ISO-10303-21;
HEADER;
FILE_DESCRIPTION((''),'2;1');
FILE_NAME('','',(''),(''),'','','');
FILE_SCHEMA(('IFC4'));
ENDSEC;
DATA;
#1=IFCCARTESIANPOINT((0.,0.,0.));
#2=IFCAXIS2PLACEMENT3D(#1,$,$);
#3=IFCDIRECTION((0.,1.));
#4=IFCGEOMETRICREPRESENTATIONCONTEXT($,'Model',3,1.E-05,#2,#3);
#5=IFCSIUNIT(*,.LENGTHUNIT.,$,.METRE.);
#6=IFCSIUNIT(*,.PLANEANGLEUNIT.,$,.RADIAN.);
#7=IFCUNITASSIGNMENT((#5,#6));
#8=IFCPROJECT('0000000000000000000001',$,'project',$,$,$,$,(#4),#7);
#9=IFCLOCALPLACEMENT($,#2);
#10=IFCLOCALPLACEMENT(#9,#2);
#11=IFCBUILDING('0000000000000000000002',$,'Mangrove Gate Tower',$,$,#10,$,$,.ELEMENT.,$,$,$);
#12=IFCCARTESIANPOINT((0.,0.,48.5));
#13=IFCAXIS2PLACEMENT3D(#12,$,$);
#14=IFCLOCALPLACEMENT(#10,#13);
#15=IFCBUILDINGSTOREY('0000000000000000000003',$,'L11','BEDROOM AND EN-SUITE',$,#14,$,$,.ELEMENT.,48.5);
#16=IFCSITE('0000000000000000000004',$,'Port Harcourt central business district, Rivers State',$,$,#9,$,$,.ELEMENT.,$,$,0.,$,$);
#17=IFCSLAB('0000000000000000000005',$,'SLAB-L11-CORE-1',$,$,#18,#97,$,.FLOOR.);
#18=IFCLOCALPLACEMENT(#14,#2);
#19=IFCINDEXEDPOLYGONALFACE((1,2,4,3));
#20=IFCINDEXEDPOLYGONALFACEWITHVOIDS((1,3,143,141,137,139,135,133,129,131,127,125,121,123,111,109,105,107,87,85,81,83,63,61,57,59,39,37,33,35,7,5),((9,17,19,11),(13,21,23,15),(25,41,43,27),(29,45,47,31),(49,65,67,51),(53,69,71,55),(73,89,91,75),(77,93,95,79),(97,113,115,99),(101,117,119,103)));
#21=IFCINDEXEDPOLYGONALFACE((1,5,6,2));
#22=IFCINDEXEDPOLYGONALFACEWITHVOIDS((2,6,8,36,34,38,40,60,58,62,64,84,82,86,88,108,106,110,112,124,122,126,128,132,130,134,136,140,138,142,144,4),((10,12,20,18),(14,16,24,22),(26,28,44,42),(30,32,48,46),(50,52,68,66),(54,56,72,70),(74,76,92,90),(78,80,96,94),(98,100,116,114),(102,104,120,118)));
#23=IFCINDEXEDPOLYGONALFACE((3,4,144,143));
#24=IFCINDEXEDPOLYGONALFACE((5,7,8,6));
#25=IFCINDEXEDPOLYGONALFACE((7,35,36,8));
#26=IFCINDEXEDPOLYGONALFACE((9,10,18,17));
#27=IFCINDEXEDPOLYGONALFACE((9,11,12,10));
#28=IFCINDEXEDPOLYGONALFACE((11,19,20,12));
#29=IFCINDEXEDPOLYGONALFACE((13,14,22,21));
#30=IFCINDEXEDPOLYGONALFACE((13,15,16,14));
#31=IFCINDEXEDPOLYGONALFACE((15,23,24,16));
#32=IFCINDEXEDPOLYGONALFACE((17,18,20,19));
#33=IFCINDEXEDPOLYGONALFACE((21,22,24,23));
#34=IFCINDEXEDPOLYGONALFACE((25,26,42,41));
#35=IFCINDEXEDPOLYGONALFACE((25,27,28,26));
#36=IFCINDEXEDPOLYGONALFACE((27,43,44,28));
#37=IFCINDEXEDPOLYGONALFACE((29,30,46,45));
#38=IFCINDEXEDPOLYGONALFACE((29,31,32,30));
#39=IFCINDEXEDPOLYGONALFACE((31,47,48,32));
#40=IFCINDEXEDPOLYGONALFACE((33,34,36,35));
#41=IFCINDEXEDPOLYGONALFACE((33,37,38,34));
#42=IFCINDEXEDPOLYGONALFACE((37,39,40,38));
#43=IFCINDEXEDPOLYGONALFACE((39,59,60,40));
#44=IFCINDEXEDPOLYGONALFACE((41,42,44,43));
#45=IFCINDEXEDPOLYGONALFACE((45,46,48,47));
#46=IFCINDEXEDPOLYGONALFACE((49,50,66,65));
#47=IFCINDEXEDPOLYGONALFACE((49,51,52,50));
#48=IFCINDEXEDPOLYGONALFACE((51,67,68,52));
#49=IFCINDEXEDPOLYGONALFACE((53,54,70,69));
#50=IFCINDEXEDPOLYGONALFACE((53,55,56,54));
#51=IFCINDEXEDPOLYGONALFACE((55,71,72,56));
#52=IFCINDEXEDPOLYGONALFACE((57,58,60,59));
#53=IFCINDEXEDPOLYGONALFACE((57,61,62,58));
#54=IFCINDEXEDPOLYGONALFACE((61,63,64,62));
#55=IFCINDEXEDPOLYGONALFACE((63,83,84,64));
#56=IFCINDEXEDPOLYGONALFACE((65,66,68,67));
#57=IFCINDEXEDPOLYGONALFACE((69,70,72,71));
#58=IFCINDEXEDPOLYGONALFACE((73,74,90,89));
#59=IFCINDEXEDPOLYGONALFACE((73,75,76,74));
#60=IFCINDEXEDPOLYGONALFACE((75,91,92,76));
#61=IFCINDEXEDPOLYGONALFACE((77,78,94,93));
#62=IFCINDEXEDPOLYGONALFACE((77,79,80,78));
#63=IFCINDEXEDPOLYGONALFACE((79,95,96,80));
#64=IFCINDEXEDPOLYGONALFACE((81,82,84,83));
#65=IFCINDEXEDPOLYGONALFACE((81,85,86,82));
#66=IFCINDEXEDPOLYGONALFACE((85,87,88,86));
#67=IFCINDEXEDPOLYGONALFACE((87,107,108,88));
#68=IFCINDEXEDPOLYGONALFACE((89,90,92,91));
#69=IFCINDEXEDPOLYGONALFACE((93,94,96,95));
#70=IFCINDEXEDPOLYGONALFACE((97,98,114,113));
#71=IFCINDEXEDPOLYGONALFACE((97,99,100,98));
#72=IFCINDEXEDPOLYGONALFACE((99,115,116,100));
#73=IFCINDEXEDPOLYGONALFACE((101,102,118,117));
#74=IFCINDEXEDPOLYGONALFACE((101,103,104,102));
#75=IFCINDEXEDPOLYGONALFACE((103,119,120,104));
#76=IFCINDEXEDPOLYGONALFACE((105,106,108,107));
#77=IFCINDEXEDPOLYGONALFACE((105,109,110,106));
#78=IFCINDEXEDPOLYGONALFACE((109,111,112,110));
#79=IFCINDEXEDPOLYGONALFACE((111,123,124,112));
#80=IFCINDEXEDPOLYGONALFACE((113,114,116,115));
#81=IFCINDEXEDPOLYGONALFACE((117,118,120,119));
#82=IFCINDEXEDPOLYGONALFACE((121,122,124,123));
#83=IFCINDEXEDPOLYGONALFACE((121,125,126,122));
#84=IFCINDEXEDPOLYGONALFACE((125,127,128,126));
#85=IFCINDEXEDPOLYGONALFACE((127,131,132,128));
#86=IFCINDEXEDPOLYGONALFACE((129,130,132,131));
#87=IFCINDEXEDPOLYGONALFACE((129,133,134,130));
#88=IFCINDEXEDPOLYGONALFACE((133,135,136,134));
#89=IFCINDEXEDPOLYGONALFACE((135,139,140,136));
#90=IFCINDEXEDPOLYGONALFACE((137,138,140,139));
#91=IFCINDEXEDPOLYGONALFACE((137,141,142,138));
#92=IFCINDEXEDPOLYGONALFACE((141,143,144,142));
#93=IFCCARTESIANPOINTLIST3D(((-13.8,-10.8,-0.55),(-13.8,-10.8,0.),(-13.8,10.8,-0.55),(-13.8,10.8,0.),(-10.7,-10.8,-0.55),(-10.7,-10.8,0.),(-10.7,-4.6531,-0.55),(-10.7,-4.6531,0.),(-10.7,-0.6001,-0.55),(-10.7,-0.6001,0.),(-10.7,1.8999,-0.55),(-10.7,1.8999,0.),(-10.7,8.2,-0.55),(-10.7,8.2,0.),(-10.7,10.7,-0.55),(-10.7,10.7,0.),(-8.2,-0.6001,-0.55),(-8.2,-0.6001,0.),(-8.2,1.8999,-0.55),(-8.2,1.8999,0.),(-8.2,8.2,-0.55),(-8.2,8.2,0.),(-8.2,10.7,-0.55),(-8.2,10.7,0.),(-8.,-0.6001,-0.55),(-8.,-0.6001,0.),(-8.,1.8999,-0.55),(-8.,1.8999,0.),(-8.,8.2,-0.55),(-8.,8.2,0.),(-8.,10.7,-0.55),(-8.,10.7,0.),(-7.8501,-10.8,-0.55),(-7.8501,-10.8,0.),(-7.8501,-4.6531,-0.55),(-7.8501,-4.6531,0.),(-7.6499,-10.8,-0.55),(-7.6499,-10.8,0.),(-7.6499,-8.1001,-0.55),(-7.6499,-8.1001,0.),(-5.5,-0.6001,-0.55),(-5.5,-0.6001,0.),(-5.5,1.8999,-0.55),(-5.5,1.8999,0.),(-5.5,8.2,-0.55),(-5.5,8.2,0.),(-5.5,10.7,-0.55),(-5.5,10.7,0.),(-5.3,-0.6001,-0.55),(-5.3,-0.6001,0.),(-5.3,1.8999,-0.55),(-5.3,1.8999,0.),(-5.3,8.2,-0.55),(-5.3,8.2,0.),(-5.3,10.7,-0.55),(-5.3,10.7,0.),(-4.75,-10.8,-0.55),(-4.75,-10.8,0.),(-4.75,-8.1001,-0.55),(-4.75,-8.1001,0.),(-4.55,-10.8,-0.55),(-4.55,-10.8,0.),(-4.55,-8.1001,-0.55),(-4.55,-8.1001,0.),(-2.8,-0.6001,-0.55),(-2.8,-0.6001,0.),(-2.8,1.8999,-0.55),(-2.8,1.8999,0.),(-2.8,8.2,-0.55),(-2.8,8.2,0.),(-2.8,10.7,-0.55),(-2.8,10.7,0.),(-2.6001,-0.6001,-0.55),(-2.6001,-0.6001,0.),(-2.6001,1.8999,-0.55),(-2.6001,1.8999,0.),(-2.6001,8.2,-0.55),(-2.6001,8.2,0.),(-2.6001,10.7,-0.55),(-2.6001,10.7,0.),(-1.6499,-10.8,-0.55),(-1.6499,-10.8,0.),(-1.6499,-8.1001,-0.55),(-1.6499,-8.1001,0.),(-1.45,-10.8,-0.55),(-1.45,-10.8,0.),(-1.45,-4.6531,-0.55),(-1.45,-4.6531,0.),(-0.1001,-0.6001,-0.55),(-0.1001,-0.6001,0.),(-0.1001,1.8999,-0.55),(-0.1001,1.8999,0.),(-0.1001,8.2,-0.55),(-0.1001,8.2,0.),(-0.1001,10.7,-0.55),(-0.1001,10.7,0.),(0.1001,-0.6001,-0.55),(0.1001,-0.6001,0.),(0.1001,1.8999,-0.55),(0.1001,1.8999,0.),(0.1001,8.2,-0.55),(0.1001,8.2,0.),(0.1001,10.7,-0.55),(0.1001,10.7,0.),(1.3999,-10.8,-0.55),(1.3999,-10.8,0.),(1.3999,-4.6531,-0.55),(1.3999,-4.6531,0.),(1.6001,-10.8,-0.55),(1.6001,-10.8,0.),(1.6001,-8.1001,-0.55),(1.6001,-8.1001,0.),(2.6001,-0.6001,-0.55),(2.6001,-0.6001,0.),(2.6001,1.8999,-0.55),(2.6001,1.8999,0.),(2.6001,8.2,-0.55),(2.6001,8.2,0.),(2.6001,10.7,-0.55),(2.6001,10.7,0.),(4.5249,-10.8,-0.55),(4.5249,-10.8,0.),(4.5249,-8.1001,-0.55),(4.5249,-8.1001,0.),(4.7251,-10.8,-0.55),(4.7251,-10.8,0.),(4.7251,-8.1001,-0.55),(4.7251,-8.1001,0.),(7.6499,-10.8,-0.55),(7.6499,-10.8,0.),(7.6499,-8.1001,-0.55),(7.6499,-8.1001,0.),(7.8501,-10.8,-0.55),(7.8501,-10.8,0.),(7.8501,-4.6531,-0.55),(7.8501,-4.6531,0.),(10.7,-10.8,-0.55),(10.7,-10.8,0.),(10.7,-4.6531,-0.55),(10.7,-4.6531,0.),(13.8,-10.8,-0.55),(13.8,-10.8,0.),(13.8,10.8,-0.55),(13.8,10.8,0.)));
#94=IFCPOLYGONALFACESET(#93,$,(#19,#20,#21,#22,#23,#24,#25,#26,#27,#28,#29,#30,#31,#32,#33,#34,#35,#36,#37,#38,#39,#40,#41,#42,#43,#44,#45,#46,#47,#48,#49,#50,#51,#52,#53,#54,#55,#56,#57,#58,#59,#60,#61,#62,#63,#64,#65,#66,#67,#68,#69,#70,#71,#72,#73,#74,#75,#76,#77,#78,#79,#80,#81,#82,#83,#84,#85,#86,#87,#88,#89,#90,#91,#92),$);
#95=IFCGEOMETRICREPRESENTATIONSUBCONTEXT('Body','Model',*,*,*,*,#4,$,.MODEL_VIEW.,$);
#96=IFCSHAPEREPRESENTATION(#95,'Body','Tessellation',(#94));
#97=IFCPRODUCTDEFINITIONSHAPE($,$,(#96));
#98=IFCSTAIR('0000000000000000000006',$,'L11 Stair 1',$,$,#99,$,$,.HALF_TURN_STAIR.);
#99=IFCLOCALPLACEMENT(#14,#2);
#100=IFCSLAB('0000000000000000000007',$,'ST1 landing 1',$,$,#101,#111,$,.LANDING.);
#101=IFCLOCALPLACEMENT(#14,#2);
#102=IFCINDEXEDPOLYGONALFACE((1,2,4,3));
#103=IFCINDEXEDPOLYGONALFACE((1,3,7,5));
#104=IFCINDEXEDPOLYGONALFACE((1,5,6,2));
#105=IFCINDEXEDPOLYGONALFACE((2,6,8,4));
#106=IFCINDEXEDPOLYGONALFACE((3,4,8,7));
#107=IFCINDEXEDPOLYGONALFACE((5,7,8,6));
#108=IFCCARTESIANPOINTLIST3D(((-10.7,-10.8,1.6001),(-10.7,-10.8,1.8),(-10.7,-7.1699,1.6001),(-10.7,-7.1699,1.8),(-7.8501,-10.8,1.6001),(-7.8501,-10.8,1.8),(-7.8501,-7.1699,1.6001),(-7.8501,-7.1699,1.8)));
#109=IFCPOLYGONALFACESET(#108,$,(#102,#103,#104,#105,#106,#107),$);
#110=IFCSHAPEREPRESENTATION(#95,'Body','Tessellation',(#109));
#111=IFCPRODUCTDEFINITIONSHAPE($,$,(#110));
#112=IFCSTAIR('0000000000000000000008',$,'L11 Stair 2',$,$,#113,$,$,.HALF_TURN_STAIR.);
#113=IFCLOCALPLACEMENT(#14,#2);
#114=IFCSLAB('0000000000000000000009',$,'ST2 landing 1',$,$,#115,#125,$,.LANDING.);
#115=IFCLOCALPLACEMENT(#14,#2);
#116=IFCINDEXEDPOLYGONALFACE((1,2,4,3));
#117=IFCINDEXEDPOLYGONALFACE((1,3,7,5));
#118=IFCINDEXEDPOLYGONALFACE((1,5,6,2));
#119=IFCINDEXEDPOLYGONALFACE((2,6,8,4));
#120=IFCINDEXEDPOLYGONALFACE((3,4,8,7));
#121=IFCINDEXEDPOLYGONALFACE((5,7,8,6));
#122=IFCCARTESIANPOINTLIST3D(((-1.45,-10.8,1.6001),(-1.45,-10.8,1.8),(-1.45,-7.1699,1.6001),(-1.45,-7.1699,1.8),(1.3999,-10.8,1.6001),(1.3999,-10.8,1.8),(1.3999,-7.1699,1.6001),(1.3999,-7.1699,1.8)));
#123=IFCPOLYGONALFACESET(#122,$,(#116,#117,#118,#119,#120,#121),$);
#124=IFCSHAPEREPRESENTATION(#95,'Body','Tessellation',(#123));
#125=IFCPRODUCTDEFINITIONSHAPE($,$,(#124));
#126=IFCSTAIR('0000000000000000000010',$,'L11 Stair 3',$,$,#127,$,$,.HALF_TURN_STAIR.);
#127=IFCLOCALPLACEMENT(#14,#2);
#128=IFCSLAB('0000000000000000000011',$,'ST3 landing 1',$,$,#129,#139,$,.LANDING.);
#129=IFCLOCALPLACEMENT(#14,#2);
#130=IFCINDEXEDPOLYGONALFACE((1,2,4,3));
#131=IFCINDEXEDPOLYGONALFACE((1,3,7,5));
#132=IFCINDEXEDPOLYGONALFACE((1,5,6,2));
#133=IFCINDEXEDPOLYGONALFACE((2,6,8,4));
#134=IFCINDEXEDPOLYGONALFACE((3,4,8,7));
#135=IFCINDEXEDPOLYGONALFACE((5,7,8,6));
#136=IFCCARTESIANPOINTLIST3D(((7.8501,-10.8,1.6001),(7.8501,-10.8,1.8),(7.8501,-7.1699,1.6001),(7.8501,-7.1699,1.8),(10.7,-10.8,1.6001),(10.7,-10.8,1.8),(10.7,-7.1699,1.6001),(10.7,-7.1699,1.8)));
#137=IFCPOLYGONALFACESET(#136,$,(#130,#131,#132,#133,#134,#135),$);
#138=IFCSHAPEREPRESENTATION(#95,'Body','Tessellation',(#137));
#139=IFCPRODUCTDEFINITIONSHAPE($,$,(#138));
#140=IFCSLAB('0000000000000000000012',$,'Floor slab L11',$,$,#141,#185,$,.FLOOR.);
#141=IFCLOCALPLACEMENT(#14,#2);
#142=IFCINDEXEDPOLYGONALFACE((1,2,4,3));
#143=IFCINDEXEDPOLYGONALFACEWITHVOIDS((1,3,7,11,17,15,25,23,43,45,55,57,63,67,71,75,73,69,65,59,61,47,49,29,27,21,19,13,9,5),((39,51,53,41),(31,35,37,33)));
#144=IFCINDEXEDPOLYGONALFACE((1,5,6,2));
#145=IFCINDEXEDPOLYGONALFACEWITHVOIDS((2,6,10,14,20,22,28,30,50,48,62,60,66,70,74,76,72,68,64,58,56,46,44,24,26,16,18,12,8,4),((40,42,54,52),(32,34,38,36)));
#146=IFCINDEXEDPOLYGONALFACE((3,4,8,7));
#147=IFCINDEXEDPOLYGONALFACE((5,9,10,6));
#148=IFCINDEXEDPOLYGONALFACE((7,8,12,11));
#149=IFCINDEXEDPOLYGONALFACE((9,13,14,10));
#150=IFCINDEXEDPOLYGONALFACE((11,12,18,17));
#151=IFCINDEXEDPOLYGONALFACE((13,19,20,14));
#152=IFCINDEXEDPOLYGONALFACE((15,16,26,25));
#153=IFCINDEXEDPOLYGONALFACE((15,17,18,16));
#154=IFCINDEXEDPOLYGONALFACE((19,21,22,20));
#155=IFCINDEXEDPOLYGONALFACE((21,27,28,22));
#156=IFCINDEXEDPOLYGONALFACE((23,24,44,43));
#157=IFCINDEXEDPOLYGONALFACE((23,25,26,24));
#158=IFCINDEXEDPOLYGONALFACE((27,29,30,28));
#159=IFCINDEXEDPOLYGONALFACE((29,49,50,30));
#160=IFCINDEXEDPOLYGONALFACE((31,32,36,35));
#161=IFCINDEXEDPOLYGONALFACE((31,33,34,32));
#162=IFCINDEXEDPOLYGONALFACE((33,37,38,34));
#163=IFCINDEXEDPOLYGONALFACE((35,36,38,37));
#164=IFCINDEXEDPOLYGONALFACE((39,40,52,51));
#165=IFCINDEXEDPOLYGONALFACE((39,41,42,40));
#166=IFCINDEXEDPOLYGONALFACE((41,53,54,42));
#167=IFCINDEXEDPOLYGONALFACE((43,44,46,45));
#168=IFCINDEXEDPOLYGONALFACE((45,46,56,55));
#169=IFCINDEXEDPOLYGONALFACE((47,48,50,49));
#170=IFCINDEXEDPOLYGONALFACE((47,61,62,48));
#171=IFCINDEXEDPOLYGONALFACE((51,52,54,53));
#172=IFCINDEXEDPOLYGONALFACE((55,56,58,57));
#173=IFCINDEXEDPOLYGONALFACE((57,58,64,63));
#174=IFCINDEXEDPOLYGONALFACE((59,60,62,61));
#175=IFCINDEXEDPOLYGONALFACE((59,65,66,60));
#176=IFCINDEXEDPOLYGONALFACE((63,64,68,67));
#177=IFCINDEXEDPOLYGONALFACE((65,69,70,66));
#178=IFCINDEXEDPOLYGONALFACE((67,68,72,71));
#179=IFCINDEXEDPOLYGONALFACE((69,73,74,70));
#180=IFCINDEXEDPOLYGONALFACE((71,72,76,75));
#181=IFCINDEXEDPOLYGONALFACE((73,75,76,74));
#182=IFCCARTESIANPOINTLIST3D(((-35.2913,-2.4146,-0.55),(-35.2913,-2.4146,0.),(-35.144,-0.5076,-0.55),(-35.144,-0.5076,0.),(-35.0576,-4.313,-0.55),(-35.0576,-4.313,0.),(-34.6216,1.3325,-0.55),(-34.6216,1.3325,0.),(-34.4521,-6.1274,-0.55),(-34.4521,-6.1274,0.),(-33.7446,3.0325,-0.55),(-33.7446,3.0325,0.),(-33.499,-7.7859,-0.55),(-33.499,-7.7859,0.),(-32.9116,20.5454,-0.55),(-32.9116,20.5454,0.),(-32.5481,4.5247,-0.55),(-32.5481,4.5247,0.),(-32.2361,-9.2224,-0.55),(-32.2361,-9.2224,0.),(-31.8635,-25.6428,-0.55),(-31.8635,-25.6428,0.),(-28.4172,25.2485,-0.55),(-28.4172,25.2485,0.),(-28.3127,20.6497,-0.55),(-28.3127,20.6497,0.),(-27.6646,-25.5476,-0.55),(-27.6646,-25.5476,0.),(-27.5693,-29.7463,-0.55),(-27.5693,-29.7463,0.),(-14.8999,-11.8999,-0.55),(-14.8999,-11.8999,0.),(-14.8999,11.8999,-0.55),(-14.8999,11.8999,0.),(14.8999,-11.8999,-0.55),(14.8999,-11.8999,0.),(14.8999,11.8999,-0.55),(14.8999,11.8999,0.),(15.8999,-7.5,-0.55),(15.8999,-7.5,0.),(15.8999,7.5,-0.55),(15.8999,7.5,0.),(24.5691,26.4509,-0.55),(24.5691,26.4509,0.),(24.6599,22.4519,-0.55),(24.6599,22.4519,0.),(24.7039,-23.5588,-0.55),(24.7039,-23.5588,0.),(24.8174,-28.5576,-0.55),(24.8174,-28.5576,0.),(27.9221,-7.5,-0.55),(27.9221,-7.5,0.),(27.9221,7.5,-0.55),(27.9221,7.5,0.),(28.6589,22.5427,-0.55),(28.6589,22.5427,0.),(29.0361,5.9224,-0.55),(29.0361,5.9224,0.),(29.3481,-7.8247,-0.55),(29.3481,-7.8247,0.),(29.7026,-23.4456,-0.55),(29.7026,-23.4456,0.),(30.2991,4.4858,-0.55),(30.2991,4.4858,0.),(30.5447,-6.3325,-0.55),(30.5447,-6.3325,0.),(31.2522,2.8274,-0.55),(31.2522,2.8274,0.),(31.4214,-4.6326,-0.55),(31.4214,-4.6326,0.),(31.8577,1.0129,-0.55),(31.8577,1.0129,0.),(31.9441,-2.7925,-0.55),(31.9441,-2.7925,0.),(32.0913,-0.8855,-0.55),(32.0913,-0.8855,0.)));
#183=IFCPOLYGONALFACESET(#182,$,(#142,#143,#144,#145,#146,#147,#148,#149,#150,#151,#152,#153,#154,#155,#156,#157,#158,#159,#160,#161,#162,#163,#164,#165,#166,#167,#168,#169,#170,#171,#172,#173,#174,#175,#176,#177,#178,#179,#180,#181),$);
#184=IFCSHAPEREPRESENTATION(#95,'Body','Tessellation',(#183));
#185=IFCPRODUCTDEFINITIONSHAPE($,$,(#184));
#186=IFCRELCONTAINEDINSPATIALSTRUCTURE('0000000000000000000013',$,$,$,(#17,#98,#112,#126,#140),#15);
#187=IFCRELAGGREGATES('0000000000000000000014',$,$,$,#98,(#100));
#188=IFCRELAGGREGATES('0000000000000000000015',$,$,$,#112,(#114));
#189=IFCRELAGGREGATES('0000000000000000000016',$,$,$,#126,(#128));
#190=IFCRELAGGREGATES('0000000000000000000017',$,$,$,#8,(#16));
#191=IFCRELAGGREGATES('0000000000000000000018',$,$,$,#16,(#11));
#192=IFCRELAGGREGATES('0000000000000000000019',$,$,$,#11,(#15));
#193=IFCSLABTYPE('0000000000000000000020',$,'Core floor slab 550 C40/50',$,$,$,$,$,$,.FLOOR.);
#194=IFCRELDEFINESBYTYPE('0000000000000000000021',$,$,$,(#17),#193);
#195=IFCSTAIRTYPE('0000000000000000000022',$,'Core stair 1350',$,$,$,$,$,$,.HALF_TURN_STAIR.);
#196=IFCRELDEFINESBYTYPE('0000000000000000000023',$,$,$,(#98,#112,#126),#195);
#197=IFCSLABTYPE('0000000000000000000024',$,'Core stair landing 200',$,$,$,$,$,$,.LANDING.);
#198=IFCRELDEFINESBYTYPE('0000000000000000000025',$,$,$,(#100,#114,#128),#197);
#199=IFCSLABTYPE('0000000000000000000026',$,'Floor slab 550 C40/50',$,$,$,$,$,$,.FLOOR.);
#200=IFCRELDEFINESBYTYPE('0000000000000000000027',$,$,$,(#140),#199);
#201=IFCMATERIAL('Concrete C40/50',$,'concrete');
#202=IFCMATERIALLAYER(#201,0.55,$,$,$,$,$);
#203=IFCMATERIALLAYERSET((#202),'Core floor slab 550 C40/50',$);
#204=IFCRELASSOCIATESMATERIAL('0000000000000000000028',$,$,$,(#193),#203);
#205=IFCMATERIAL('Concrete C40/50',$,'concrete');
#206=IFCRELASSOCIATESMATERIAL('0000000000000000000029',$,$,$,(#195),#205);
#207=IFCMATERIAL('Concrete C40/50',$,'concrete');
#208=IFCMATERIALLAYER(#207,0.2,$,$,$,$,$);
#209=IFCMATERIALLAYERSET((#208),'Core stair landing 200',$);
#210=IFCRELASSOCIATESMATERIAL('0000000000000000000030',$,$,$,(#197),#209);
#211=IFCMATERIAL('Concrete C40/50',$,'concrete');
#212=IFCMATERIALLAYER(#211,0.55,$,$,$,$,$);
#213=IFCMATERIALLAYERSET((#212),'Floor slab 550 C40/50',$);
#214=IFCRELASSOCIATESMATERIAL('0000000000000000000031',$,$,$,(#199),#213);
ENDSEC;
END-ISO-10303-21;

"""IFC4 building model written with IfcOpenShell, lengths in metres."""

from ifc_helpers import new_model, si_unit, direction, frame, origin, place, context, subcontext, project, spatial, polyline, outline, extrude, material, layer, layer_set, type_object, element, aggregate, save


model = new_model("IFC4")

# Units and contexts
model_context = context("Model", 3, precision=1e-05, world=origin(), true_north=direction((0.0, 1.0)))
body_context = subcontext(model_context, "Body", "Model", "MODEL_VIEW")
ifc_project = project(units=[si_unit("LENGTHUNIT", "METRE"), si_unit("PLANEANGLEUNIT", "RADIAN")], contexts=[model_context])

# Site, building, storey
site_placement = place(None, origin())
site = spatial("IfcSite", under=ifc_project, at=site_placement, Name="Port Harcourt central business district, Rivers State", CompositionType="ELEMENT", RefElevation=0.0)
building_placement = place(site_placement, origin())
building = spatial("IfcBuilding", under=site, at=building_placement, Name="Mangrove Gate Tower", CompositionType="ELEMENT")
storey_placement = place(building_placement, frame((0.0, 0.0, 48.5)))
storey = spatial("IfcBuildingStorey", under=building, at=storey_placement, Name="L11", Description="BEDROOM AND EN-SUITE", CompositionType="ELEMENT", Elevation=48.5)

# Slab
ifc_material_1 = material(Name="Concrete C40/50", Category="concrete")
ifc_layer_1 = layer(ifc_material_1, 0.55)
ifc_layer_set_1 = layer_set([ifc_layer_1], Name="Core floor slab 550 C40/50")
slab_type_1 = type_object("IfcSlabType", Name="Core floor slab 550 C40/50", PredefinedType="FLOOR", material=ifc_layer_set_1)
slab_1_placement = place(storey_placement, frame((0.0, 0.0, -0.55)))
element("IfcSlab", 1, at=slab_1_placement, inside=storey, type_object=slab_type_1, Name="SLAB-L11-CORE-1", PredefinedType="FLOOR", context=body_context, shape_type="SweptSolid", body=[
    extrude(outline(polyline([(-13.8, -10.8), (-13.8, 10.8), (13.8, 10.8), (13.8, -10.8), (10.7, -10.8), (10.7, -4.6531), (7.8501, -4.6531), (7.8501, -10.8), (7.6499, -10.8), (7.6499, -8.1001), (4.7251, -8.1001), (4.7251, -10.8), (4.5249, -10.8), (4.5249, -8.1001), (1.6001, -8.1001), (1.6001, -10.8), (1.3999, -10.8), (1.3999, -4.6531), (-1.45, -4.6531), (-1.45, -10.8), (-1.6499, -10.8), (-1.6499, -8.1001), (-4.55, -8.1001), (-4.55, -10.8), (-4.75, -10.8), (-4.75, -8.1001), (-7.6499, -8.1001), (-7.6499, -10.8), (-7.8501, -10.8), (-7.8501, -4.6531), (-10.7, -4.6531), (-10.7, -10.8), (-13.8, -10.8)]), holes=[polyline([(-8.2, -0.6001), (-8.2, 1.8999), (-10.7, 1.8999), (-10.7, -0.6001), (-8.2, -0.6001)]), polyline([(-5.5, -0.6001), (-5.5, 1.8999), (-8.0, 1.8999), (-8.0, -0.6001), (-5.5, -0.6001)]), polyline([(-2.8, -0.6001), (-2.8, 1.8999), (-5.3, 1.8999), (-5.3, -0.6001), (-2.8, -0.6001)]), polyline([(-8.2, 8.2), (-8.2, 10.7), (-10.7, 10.7), (-10.7, 8.2), (-8.2, 8.2)]), polyline([(-5.5, 8.2), (-5.5, 10.7), (-8.0, 10.7), (-8.0, 8.2), (-5.5, 8.2)]), polyline([(-2.8, 8.2), (-2.8, 10.7), (-5.3, 10.7), (-5.3, 8.2), (-2.8, 8.2)]), polyline([(-0.1001, -0.6001), (-0.1001, 1.8999), (-2.6001, 1.8999), (-2.6001, -0.6001), (-0.1001, -0.6001)]), polyline([(2.6001, -0.6001), (2.6001, 1.8999), (0.1001, 1.8999), (0.1001, -0.6001), (2.6001, -0.6001)]), polyline([(-2.6001, 8.2), (-0.1001, 8.2), (-0.1001, 10.7), (-2.6001, 10.7), (-2.6001, 8.2)]), polyline([(0.1001, 8.2), (2.6001, 8.2), (2.6001, 10.7), (0.1001, 10.7), (0.1001, 8.2)])]), origin(), (0.0, 0.0, 1.0), 0.55),
])

# Stairs, slabs
ifc_material_2 = material(Name="Concrete C40/50", Category="concrete")
stair_type = type_object("IfcStairType", Name="Core stair 1350", PredefinedType="HALF_TURN_STAIR", material=ifc_material_2)
stair_1_placement = place(storey_placement, origin())
stair_1 = element("IfcStair", 2, at=stair_1_placement, inside=storey, type_object=stair_type, Name="L11 Stair 1", PredefinedType="HALF_TURN_STAIR")
ifc_material_3 = material(Name="Concrete C40/50", Category="concrete")
ifc_layer_2 = layer(ifc_material_3, 0.2)
ifc_layer_set_2 = layer_set([ifc_layer_2], Name="Core stair landing 200")
slab_type_2 = type_object("IfcSlabType", Name="Core stair landing 200", PredefinedType="LANDING", material=ifc_layer_set_2)
slab_2_placement = place(storey_placement, frame((0.0, 0.0, 1.6001)))
slab_2 = element("IfcSlab", 3, at=slab_2_placement, type_object=slab_type_2, Name="ST1 landing 1", PredefinedType="LANDING", context=body_context, shape_type="SweptSolid", body=[
    extrude(outline(polyline([(-10.7, -7.1699), (-10.7, -10.8), (-7.8501, -10.8), (-7.8501, -7.1699), (-10.7, -7.1699)])), origin(), (0.0, 0.0, 1.0), 0.2),
])
aggregate(stair_1, [slab_2])
stair_2_placement = place(storey_placement, origin())
stair_2 = element("IfcStair", 4, at=stair_2_placement, inside=storey, type_object=stair_type, Name="L11 Stair 2", PredefinedType="HALF_TURN_STAIR")
slab_3_placement = place(storey_placement, frame((0.0, 0.0, 1.6001)))
slab_3 = element("IfcSlab", 5, at=slab_3_placement, type_object=slab_type_2, Name="ST2 landing 1", PredefinedType="LANDING", context=body_context, shape_type="SweptSolid", body=[
    extrude(outline(polyline([(-1.45, -7.1699), (-1.45, -10.8), (1.3999, -10.8), (1.3999, -7.1699), (-1.45, -7.1699)])), origin(), (0.0, 0.0, 1.0), 0.2),
])
aggregate(stair_2, [slab_3])
stair_3_placement = place(storey_placement, origin())
stair_3 = element("IfcStair", 6, at=stair_3_placement, inside=storey, type_object=stair_type, Name="L11 Stair 3", PredefinedType="HALF_TURN_STAIR")
slab_4_placement = place(storey_placement, frame((0.0, 0.0, 1.6001)))
slab_4 = element("IfcSlab", 7, at=slab_4_placement, type_object=slab_type_2, Name="ST3 landing 1", PredefinedType="LANDING", context=body_context, shape_type="SweptSolid", body=[
    extrude(outline(polyline([(7.8501, -7.1699), (7.8501, -10.8), (10.7, -10.8), (10.7, -7.1699), (7.8501, -7.1699)])), origin(), (0.0, 0.0, 1.0), 0.2),
])
aggregate(stair_3, [slab_4])

# Slab
ifc_material_4 = material(Name="Concrete C40/50", Category="concrete")
ifc_layer_3 = layer(ifc_material_4, 0.55)
ifc_layer_set_3 = layer_set([ifc_layer_3], Name="Floor slab 550 C40/50")
slab_type_3 = type_object("IfcSlabType", Name="Floor slab 550 C40/50", PredefinedType="FLOOR", material=ifc_layer_set_3)
slab_5_placement = place(storey_placement, frame((0.0, 0.0, -0.55)))
element("IfcSlab", 8, at=slab_5_placement, inside=storey, type_object=slab_type_3, Name="Floor slab L11", PredefinedType="FLOOR", context=body_context, shape_type="SweptSolid", body=[
    extrude(outline(polyline([(-27.5693, -29.7463), (24.8174, -28.5576), (24.7039, -23.5588), (29.7026, -23.4456), (29.3481, -7.8247), (30.5447, -6.3325), (31.4214, -4.6326), (31.9441, -2.7925), (32.0913, -0.8855), (31.8577, 1.0129), (31.2522, 2.8274), (30.2991, 4.4858), (29.0361, 5.9224), (28.6589, 22.5427), (24.6599, 22.4519), (24.5691, 26.4509), (-28.4172, 25.2485), (-28.3127, 20.6497), (-32.9116, 20.5454), (-32.5481, 4.5247), (-33.7446, 3.0325), (-34.6216, 1.3325), (-35.144, -0.5076), (-35.2913, -2.4146), (-35.0576, -4.313), (-34.4521, -6.1274), (-33.499, -7.7859), (-32.2361, -9.2224), (-31.8635, -25.6428), (-27.6646, -25.5476), (-27.5693, -29.7463)]), holes=[polyline([(15.8999, 7.5), (27.9221, 7.5), (27.9221, -7.5), (15.8999, -7.5), (15.8999, 7.5)]), polyline([(-14.8999, -11.8999), (-14.8999, 11.8999), (14.8999, 11.8999), (14.8999, -11.8999), (-14.8999, -11.8999)])]), origin(), (0.0, 0.0, 1.0), 0.55),
])

save(model, "model.ifc")
